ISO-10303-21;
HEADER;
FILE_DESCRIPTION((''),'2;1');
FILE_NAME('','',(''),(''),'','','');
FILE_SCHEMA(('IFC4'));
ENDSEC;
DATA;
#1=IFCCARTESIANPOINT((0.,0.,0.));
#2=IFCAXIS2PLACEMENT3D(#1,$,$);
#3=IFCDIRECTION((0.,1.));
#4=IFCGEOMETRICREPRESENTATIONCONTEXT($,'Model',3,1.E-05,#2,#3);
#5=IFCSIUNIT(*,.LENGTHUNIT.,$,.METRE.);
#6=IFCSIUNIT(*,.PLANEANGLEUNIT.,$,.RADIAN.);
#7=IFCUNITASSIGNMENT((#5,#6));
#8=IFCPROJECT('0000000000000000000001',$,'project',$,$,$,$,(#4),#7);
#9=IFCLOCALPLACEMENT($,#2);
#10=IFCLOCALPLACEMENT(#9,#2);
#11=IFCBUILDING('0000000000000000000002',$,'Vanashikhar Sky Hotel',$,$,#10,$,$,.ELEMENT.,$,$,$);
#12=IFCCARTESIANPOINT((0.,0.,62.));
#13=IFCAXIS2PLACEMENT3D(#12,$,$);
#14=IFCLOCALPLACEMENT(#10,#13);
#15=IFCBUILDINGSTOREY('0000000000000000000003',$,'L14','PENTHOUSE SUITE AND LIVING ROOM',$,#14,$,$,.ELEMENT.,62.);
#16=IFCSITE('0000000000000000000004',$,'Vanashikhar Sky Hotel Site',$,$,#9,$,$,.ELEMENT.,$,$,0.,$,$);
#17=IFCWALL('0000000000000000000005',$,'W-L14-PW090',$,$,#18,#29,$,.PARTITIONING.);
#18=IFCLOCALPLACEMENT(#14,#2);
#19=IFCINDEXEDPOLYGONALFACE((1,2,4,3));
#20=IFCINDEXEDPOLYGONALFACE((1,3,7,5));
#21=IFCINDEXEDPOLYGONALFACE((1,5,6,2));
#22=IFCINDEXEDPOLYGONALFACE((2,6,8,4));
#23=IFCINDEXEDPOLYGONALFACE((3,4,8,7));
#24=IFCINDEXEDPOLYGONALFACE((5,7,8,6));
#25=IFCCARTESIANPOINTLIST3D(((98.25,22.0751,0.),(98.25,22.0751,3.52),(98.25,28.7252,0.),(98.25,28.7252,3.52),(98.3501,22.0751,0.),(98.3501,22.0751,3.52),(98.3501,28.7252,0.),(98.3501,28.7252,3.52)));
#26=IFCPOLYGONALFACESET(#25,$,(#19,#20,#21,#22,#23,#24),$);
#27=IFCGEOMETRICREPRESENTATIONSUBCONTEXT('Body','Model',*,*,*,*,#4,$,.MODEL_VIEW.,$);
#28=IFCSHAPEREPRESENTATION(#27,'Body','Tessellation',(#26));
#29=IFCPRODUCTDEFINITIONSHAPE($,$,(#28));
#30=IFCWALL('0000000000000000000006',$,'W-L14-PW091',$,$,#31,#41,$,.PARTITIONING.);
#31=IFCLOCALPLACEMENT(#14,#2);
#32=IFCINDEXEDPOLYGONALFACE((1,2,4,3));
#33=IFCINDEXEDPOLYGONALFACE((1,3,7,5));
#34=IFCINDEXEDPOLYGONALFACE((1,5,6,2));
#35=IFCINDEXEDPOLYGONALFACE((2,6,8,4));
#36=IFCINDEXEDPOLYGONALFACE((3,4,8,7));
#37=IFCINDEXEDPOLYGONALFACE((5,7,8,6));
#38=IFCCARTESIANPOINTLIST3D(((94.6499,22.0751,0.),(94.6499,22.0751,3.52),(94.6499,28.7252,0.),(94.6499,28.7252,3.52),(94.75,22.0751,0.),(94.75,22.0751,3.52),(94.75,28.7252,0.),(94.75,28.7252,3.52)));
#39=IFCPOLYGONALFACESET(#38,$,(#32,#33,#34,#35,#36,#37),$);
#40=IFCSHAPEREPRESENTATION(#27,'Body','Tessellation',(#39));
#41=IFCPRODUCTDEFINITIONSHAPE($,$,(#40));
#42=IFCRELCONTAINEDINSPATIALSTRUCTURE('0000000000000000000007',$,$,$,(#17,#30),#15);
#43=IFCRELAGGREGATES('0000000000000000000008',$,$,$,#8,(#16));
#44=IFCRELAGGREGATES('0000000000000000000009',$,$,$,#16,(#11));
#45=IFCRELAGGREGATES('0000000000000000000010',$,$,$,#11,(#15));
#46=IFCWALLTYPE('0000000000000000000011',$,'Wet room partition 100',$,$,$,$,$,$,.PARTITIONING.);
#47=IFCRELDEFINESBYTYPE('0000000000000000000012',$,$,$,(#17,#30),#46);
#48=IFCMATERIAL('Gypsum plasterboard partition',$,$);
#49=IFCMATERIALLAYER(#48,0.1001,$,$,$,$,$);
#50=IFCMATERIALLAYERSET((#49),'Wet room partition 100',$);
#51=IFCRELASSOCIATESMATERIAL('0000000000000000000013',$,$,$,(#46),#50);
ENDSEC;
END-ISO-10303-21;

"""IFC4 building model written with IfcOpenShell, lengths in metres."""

from ifc_helpers import new_model, si_unit, direction, frame, frame_2d, origin, place, context, subcontext, project, spatial, rectangle, extrude, source, transform, mapped, material, layer, layer_set, type_object, element, save


model = new_model("IFC4")

# Units and contexts
model_context = context("Model", 3, precision=1e-05, world=origin(), true_north=direction((0.0, 1.0)))
body_context = subcontext(model_context, "Body", "Model", "MODEL_VIEW")
ifc_project = project(units=[si_unit("LENGTHUNIT", "METRE"), si_unit("PLANEANGLEUNIT", "RADIAN")], contexts=[model_context])

# Site, building, storey
site_placement = place(None, origin())
site = spatial("IfcSite", under=ifc_project, at=site_placement, Name="Vanashikhar Sky Hotel Site", CompositionType="ELEMENT", RefElevation=0.0)
building_placement = place(site_placement, origin())
building = spatial("IfcBuilding", under=site, at=building_placement, Name="Vanashikhar Sky Hotel", CompositionType="ELEMENT")
storey_placement = place(building_placement, frame((0.0, 0.0, 62.0)))
storey = spatial("IfcBuildingStorey", under=building, at=storey_placement, Name="L14", Description="PENTHOUSE SUITE AND LIVING ROOM", CompositionType="ELEMENT", Elevation=62.0)

# Shared definitions
ifc_material_1 = material(Name="Gypsum plasterboard partition")
ifc_layer_1 = layer(ifc_material_1, 0.1001)
ifc_layer_set_1 = layer_set([ifc_layer_1], Name="Wet room partition 100")
wall_type_1 = type_object("IfcWallType", Name="Wet room partition 100", PredefinedType="PARTITIONING", material=ifc_layer_set_1)

# Walls
shared_shape_1 = source(origin(), body_context, "Body", "SweptSolid", [
    extrude(rectangle(XDim=6.6501, YDim=0.1001, at=frame_2d((3.3252, 0.0))), origin(), (0.0, 0.0, 1.0), 3.52),
])
for number, where, z_axis, x_axis, name in (
    (1, (98.3, 22.075, 0.0), (0.0, 0.0, 1.0), (0.0, 1.0, 0.0), "W-L14-PW090"),
    (2, (94.7, 22.075, 0.0), (0.0, 0.0, 1.0), (0.0, 1.0, 0.0), "W-L14-PW091"),
):
    element("IfcWall", number, at=place(storey_placement, frame(where, z_axis=z_axis, x_axis=x_axis)), inside=storey, type_object=wall_type_1, Name=name, PredefinedType="PARTITIONING", context=body_context, shape_type="MappedRepresentation", body=[
        mapped(shared_shape_1, transform((0.0, 0.0, 0.0), scale=1.0)),
    ])

save(model, "model.ifc")
